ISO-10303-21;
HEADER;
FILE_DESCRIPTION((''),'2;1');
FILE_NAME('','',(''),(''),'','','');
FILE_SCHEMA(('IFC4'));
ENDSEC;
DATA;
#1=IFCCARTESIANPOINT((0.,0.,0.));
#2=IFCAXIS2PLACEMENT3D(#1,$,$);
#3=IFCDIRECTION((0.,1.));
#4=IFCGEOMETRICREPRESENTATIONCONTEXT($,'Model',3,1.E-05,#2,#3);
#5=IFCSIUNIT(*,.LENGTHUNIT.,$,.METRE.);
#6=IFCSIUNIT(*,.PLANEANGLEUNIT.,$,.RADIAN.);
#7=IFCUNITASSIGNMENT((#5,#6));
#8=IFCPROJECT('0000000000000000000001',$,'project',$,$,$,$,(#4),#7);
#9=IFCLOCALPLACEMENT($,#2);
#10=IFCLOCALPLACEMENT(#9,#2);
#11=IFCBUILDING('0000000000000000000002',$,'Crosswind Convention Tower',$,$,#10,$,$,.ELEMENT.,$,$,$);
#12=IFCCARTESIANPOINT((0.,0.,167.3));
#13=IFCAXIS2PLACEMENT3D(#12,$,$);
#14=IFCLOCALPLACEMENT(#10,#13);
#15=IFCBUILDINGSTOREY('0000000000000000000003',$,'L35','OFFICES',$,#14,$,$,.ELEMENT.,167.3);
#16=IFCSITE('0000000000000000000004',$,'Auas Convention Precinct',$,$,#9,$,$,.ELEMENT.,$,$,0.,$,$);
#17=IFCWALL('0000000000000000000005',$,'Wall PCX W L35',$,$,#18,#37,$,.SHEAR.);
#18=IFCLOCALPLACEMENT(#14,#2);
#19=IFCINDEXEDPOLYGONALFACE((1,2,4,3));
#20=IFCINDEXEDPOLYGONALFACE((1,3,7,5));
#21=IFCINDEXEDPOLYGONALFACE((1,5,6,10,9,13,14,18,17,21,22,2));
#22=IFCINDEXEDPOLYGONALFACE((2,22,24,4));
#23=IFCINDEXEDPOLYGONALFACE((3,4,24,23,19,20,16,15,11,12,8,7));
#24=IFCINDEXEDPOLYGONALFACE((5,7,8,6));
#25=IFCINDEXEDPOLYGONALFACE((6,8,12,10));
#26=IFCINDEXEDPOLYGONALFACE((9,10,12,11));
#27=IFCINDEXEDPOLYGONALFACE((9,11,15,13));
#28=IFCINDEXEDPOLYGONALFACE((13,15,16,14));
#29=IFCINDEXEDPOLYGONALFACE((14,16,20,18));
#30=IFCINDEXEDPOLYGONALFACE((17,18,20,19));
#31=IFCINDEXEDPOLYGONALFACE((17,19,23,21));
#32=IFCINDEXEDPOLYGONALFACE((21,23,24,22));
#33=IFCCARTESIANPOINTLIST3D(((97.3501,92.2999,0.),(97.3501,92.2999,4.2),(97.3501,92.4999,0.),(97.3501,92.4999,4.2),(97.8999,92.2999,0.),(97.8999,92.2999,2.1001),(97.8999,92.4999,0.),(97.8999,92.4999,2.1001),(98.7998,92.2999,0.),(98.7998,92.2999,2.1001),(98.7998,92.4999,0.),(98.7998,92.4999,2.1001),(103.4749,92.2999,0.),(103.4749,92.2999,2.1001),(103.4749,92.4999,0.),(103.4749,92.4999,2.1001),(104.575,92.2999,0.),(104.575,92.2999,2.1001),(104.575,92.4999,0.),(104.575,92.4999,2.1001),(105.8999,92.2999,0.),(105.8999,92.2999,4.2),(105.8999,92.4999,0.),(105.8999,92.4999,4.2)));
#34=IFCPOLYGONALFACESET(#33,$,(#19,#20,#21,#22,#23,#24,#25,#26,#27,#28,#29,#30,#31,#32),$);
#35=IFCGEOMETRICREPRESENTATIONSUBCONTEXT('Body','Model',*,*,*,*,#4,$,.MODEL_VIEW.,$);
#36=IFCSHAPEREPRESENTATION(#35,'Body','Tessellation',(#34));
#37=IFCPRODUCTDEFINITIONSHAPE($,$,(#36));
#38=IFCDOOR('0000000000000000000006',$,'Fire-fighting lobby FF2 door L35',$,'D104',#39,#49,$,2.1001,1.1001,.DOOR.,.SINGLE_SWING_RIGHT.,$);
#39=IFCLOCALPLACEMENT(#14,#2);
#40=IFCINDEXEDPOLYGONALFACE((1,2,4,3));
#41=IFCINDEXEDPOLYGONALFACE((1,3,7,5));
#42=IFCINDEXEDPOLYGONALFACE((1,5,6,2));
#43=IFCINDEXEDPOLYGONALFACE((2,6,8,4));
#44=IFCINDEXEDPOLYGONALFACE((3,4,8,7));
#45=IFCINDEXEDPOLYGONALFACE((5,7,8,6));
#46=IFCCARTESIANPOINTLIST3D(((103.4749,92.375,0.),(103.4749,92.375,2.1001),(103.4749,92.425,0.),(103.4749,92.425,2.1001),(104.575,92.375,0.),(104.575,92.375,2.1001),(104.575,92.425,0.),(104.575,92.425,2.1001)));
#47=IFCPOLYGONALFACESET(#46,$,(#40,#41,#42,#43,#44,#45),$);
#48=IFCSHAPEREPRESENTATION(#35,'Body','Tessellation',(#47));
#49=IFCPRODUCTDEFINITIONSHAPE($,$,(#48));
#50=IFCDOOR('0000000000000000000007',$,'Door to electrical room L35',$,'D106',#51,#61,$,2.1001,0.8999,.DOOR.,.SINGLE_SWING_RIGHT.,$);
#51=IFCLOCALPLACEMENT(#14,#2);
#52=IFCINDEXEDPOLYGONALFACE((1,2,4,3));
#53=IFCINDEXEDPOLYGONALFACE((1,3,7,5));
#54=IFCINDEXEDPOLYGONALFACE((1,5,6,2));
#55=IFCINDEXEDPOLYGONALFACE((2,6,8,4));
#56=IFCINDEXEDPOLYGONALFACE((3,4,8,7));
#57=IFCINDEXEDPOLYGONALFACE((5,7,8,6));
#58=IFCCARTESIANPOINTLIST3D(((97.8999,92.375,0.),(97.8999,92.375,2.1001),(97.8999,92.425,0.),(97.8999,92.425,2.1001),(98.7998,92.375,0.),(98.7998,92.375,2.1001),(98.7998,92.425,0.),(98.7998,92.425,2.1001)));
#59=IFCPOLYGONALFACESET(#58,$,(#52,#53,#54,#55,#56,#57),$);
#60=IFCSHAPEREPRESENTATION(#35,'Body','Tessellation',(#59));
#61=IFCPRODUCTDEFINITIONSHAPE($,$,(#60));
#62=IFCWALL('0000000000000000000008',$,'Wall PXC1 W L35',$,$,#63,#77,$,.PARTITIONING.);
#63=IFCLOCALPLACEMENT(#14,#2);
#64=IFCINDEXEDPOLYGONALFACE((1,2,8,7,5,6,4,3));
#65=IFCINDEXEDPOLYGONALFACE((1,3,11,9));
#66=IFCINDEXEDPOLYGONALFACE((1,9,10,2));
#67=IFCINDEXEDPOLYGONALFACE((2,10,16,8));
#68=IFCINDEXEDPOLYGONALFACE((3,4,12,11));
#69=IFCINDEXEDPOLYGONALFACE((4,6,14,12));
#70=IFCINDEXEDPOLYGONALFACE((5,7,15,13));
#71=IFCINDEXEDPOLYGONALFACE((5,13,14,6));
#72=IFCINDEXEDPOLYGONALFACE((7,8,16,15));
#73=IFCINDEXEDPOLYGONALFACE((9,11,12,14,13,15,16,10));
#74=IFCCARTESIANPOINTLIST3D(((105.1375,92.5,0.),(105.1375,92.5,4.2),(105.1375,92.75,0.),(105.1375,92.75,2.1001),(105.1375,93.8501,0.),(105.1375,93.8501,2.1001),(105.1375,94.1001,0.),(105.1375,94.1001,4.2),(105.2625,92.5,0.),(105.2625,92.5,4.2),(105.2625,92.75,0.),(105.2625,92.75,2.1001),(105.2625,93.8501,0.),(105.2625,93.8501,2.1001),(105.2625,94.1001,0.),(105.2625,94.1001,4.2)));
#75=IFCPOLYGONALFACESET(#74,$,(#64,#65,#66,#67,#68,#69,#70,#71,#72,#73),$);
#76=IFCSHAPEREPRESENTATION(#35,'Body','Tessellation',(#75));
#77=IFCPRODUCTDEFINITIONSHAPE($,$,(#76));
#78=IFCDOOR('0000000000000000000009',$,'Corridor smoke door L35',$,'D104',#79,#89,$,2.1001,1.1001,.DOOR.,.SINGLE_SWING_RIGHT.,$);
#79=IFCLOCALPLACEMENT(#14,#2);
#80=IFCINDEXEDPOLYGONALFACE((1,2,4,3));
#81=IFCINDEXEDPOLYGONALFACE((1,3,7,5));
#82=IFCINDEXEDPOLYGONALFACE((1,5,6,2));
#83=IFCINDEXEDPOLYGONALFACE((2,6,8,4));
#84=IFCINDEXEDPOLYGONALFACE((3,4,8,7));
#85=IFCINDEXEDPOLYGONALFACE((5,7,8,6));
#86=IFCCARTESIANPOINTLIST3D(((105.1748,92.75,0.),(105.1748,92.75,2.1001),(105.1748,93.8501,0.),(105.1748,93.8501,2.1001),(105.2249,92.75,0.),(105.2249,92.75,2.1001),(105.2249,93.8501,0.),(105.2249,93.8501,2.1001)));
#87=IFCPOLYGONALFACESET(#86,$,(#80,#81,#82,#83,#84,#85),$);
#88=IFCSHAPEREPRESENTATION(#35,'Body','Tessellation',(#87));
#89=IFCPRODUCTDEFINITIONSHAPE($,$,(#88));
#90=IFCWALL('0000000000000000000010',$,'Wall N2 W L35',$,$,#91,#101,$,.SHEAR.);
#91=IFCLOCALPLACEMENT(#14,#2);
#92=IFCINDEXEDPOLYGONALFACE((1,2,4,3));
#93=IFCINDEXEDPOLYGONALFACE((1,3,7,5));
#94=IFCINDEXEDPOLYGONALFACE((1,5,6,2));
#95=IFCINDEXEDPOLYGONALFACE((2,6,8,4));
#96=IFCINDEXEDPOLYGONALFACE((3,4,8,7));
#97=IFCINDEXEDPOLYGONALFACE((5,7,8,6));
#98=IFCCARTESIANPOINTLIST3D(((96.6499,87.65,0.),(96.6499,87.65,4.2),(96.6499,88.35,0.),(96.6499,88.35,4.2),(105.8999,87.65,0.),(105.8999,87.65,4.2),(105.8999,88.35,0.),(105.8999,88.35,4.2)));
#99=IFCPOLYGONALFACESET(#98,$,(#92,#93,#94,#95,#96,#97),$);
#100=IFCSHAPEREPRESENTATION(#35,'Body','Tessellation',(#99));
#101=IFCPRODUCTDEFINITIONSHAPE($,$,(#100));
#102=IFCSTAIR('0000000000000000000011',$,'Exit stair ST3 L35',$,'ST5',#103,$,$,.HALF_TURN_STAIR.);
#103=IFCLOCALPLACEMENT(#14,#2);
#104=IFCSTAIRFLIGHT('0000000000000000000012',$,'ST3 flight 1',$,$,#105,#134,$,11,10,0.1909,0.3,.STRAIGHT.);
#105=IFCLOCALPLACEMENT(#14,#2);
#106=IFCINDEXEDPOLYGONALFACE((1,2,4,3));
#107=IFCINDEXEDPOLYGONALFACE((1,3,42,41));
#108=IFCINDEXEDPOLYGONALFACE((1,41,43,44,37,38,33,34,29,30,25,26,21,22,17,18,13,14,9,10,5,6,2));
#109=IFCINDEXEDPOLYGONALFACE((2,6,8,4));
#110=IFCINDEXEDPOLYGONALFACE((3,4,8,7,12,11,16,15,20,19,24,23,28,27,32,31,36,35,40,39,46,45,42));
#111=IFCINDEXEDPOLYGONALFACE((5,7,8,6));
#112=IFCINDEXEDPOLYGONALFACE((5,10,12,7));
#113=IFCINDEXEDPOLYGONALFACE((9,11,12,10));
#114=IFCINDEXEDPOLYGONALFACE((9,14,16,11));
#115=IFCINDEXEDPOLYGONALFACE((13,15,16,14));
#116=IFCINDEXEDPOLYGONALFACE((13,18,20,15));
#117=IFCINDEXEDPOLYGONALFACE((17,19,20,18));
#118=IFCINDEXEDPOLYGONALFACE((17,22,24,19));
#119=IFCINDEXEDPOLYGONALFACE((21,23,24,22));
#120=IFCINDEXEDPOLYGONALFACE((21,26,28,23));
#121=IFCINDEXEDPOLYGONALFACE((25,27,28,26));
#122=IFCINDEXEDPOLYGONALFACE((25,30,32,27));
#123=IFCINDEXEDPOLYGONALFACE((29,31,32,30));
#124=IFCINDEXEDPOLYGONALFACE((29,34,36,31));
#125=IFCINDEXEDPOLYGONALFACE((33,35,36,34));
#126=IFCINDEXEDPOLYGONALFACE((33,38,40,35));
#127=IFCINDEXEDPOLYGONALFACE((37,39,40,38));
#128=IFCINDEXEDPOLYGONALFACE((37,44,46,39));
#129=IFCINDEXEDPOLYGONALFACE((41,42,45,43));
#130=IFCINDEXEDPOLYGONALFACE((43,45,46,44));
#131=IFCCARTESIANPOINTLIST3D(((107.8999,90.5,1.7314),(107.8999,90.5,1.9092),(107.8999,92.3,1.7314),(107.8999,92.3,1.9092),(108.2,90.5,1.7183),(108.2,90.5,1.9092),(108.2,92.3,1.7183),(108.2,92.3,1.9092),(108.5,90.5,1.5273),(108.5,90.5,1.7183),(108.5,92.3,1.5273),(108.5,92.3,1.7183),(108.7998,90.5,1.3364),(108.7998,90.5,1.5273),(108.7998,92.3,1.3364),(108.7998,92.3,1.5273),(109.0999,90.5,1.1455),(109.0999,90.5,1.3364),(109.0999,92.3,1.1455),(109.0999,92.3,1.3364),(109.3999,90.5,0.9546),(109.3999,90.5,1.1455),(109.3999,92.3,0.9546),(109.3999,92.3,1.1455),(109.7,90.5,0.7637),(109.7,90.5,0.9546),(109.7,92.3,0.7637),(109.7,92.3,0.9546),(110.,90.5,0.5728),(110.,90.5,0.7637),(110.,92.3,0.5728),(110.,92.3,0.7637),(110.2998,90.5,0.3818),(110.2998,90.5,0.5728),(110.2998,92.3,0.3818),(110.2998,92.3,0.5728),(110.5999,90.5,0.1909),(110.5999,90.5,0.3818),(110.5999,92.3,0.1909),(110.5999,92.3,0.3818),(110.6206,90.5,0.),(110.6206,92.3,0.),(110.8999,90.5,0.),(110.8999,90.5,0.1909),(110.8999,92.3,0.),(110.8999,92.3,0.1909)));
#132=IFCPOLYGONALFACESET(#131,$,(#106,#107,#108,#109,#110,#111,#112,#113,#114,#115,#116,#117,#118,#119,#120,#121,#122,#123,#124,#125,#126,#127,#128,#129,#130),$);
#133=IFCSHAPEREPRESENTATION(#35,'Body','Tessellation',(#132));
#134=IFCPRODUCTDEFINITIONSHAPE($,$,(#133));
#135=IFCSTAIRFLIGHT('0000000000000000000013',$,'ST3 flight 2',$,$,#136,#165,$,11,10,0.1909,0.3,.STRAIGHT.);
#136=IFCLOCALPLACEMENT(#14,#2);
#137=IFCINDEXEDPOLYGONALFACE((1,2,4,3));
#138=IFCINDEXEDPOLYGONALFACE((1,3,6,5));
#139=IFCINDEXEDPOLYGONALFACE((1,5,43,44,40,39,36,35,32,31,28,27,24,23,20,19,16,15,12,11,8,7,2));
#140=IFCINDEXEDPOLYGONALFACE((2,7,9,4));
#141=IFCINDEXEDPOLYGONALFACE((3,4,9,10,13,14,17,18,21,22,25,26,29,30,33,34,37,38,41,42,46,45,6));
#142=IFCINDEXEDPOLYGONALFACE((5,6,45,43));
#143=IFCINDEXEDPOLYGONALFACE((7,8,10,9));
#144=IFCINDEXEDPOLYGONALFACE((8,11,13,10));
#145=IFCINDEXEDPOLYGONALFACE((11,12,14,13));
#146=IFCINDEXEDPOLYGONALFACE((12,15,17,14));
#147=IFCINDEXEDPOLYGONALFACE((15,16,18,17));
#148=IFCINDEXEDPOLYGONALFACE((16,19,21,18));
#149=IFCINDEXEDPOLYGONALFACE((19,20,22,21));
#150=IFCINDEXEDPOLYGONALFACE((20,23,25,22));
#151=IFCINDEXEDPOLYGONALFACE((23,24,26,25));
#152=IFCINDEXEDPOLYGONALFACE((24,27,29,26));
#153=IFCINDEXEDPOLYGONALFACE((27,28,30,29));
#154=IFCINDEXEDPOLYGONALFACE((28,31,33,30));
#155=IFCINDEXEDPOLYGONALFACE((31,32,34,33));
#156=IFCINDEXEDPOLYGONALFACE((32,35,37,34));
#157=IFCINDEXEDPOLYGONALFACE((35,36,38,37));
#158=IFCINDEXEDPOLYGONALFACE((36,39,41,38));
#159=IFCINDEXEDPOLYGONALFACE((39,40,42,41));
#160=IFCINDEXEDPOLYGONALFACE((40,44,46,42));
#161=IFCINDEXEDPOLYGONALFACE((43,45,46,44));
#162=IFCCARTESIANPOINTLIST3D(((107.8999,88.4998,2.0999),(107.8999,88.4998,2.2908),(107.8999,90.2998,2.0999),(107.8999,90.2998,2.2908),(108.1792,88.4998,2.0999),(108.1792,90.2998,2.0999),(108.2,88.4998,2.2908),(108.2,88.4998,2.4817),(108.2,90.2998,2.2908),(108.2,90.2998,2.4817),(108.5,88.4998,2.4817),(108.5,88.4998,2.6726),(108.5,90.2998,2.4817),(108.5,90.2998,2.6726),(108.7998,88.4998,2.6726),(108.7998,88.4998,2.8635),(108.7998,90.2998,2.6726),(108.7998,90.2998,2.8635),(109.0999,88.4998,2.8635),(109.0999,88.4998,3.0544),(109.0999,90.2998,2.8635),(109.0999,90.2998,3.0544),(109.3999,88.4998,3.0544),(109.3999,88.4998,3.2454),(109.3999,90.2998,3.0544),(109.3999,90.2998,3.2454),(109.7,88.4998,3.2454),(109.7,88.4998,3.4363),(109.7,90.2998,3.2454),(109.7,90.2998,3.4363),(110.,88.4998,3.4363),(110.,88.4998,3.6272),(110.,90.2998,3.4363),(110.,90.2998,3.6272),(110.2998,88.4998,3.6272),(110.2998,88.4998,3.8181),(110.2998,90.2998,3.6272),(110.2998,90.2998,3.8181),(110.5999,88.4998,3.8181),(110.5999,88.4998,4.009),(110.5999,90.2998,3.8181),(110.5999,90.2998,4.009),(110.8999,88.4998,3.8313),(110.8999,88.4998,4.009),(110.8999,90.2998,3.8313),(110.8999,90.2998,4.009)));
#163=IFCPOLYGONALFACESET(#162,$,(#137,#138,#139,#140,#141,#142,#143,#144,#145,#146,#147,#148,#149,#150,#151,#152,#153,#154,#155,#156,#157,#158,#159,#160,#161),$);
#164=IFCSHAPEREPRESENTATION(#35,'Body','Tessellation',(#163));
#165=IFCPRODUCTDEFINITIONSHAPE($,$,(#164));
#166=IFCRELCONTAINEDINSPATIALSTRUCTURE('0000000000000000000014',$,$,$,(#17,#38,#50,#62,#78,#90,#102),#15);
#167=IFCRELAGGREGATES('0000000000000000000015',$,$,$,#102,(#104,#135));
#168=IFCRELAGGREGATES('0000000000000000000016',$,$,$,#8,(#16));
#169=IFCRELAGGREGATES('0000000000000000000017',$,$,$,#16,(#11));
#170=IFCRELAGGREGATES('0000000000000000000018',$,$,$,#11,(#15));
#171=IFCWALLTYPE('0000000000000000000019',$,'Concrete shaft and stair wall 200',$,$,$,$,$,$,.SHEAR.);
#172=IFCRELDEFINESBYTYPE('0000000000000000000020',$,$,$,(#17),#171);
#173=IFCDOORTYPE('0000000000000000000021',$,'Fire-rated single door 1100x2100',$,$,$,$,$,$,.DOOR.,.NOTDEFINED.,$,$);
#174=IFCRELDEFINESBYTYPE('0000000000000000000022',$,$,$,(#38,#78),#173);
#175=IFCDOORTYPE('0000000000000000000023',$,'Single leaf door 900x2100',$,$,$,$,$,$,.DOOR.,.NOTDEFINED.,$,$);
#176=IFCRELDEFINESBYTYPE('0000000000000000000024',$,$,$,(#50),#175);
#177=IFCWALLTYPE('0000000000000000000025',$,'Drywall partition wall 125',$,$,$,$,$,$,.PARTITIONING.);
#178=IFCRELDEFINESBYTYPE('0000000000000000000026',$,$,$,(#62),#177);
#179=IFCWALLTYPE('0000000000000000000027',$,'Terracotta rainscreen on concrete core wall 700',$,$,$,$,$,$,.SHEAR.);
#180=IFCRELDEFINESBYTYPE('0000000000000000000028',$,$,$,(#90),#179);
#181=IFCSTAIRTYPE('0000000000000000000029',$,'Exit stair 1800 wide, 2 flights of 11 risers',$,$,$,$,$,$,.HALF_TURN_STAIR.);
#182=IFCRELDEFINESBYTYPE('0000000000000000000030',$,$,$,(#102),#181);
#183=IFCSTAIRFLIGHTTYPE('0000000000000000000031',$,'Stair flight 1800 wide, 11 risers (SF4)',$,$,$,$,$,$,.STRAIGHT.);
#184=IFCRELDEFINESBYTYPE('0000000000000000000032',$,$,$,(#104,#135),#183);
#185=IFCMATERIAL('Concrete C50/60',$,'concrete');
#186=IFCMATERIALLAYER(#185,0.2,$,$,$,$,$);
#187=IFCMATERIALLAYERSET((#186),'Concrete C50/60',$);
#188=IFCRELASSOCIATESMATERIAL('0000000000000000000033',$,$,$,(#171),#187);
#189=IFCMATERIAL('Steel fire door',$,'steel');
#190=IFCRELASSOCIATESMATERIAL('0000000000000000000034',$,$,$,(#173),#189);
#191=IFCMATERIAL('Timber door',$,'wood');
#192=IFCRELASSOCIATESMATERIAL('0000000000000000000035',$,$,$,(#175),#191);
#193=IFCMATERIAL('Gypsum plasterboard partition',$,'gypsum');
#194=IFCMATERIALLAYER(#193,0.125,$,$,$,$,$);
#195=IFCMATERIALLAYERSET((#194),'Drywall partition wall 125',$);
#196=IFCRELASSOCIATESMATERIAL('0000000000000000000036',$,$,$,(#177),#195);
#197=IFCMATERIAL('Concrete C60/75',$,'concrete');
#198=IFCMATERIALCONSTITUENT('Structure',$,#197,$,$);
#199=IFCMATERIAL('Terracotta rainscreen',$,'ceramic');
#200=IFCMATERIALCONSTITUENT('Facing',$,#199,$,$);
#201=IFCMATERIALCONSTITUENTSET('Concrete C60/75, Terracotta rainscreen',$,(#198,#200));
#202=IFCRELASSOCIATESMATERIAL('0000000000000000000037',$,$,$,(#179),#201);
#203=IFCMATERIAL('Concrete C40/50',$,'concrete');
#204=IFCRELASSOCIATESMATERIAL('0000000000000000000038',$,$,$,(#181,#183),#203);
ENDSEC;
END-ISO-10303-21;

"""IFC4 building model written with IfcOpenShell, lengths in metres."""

from ifc_helpers import new_model, si_unit, direction, frame, frame_2d, origin, place, context, subcontext, project, spatial, polyline, rectangle, outline, extrude, material, layer, layer_set, constituent, constituent_set, type_object, element, fill, aggregate, save


model = new_model("IFC4")

# Units and contexts
model_context = context("Model", 3, precision=1e-05, world=origin(), true_north=direction((0.0, 1.0)))
body_context = subcontext(model_context, "Body", "Model", "MODEL_VIEW")
ifc_project = project(units=[si_unit("LENGTHUNIT", "METRE"), si_unit("PLANEANGLEUNIT", "RADIAN")], contexts=[model_context])

# Site, building, storey
site_placement = place(None, origin())
site = spatial("IfcSite", under=ifc_project, at=site_placement, Name="Auas Convention Precinct", CompositionType="ELEMENT", RefElevation=0.0)
building_placement = place(site_placement, origin())
building = spatial("IfcBuilding", under=site, at=building_placement, Name="Crosswind Convention Tower", CompositionType="ELEMENT")
storey_placement = place(building_placement, frame((0.0, 0.0, 167.3)))
storey = spatial("IfcBuildingStorey", under=building, at=storey_placement, Name="L35", Description="OFFICES", CompositionType="ELEMENT", Elevation=167.3)

# Shared definitions
ifc_material_1 = material(Name="Concrete C50/60", Category="concrete")
ifc_layer_1 = layer(ifc_material_1, 0.2)
ifc_layer_set_1 = layer_set([ifc_layer_1], Name="Concrete C50/60")
wall_type_1 = type_object("IfcWallType", Name="Concrete shaft and stair wall 200", PredefinedType="SHEAR", material=ifc_layer_set_1)

# Wall, openings, doors
wall_1_placement = place(storey_placement, frame((105.8999, 92.3999, 0.0), z_axis=(0.0, 0.0, 1.0), x_axis=(-1.0, 0.0, 0.0)))
wall_1 = element("IfcWall", 1, at=wall_1_placement, inside=storey, type_object=wall_type_1, Name="Wall PCX W L35", PredefinedType="SHEAR", context=body_context, shape_type="SweptSolid", body=[
    extrude(rectangle(XDim=8.5498, YDim=0.2, at=frame_2d((4.2749, 0.0))), origin(), (0.0, 0.0, 1.0), 4.2),
])
opening_1_placement = place(wall_1_placement, frame((1.325, 0.0, 0.0)))
opening_1 = element("IfcOpeningElement", 2, at=opening_1_placement, cuts=wall_1, PredefinedType="OPENING", context=body_context, shape_type="SweptSolid", body=[
    extrude(rectangle(XDim=1.1001, YDim=2.1001, at=frame_2d((0.55, 1.05))), frame((0.0, 0.1099, 0.0), z_axis=(0.0, -1.0, 0.0), x_axis=(1.0, 0.0, 0.0)), (0.0, 0.0, 1.0), 0.22),
])
opening_2_placement = place(wall_1_placement, frame((7.1001, 0.0, 0.0)))
opening_2 = element("IfcOpeningElement", 3, at=opening_2_placement, cuts=wall_1, PredefinedType="OPENING", context=body_context, shape_type="SweptSolid", body=[
    extrude(rectangle(XDim=0.8999, YDim=2.1001, at=frame_2d((0.45, 1.05))), frame((0.0, 0.1099, 0.0), z_axis=(0.0, -1.0, 0.0), x_axis=(1.0, 0.0, 0.0)), (0.0, 0.0, 1.0), 0.22),
])
ifc_material_2 = material(Name="Steel fire door", Category="steel")
door_type_1 = type_object("IfcDoorType", Name="Fire-rated single door 1100x2100", OperationType="NOTDEFINED", PredefinedType="DOOR", material=ifc_material_2)
door_1_placement = place(opening_1_placement, origin())
door_1 = element("IfcDoor", 4, at=door_1_placement, inside=storey, type_object=door_type_1, Name="Fire-fighting lobby FF2 door L35", ObjectType="D104", OperationType="SINGLE_SWING_RIGHT", OverallHeight=2.1001, OverallWidth=1.1001, PredefinedType="DOOR", context=body_context, shape_type="SweptSolid", body=[
    extrude(rectangle(XDim=1.1001, YDim=2.1001, at=frame_2d((0.55, 1.05))), frame((0.0, 0.0249, 0.0), z_axis=(0.0, -1.0, 0.0), x_axis=(1.0, 0.0, 0.0)), (0.0, 0.0, 1.0), 0.05),
])
fill(opening_1, door_1)
ifc_material_3 = material(Name="Timber door", Category="wood")
door_type_2 = type_object("IfcDoorType", Name="Single leaf door 900x2100", OperationType="NOTDEFINED", PredefinedType="DOOR", material=ifc_material_3)
door_2_placement = place(opening_2_placement, origin())
door_2 = element("IfcDoor", 5, at=door_2_placement, inside=storey, type_object=door_type_2, Name="Door to electrical room L35", ObjectType="D106", OperationType="SINGLE_SWING_RIGHT", OverallHeight=2.1001, OverallWidth=0.8999, PredefinedType="DOOR", context=body_context, shape_type="SweptSolid", body=[
    extrude(rectangle(XDim=0.8999, YDim=2.1001, at=frame_2d((0.45, 1.05))), frame((0.0, 0.0249, 0.0), z_axis=(0.0, -1.0, 0.0), x_axis=(1.0, 0.0, 0.0)), (0.0, 0.0, 1.0), 0.05),
])
fill(opening_2, door_2)

# Wall, opening, door
ifc_material_4 = material(Name="Gypsum plasterboard partition", Category="gypsum")
ifc_layer_2 = layer(ifc_material_4, 0.125)
ifc_layer_set_2 = layer_set([ifc_layer_2], Name="Drywall partition wall 125")
wall_type_2 = type_object("IfcWallType", Name="Drywall partition wall 125", PredefinedType="PARTITIONING", material=ifc_layer_set_2)
wall_2_placement = place(storey_placement, frame((105.2, 94.1001, 0.0), z_axis=(0.0, 0.0, 1.0), x_axis=(0.0, -1.0, 0.0)))
wall_2 = element("IfcWall", 6, at=wall_2_placement, inside=storey, type_object=wall_type_2, Name="Wall PXC1 W L35", PredefinedType="PARTITIONING", context=body_context, shape_type="SweptSolid", body=[
    extrude(rectangle(XDim=1.6001, YDim=0.125, at=frame_2d((0.8, 0.0))), origin(), (0.0, 0.0, 1.0), 4.2),
])
opening_3_placement = place(wall_2_placement, frame((0.25, 0.0, 0.0)))
opening_3 = element("IfcOpeningElement", 7, at=opening_3_placement, cuts=wall_2, PredefinedType="OPENING", context=body_context, shape_type="SweptSolid", body=[
    extrude(rectangle(XDim=1.1001, YDim=2.1001, at=frame_2d((0.55, 1.05))), frame((0.0, 0.0725, 0.0), z_axis=(0.0, -1.0, 0.0), x_axis=(1.0, 0.0, 0.0)), (0.0, 0.0, 1.0), 0.145),
])
door_3_placement = place(opening_3_placement, origin())
door_3 = element("IfcDoor", 8, at=door_3_placement, inside=storey, type_object=door_type_1, Name="Corridor smoke door L35", ObjectType="D104", OperationType="SINGLE_SWING_RIGHT", OverallHeight=2.1001, OverallWidth=1.1001, PredefinedType="DOOR", context=body_context, shape_type="SweptSolid", body=[
    extrude(rectangle(XDim=1.1001, YDim=2.1001, at=frame_2d((0.55, 1.05))), frame((0.0, 0.0249, 0.0), z_axis=(0.0, -1.0, 0.0), x_axis=(1.0, 0.0, 0.0)), (0.0, 0.0, 1.0), 0.05),
])
fill(opening_3, door_3)

# Wall
ifc_material_5 = material(Name="Concrete C60/75", Category="concrete")
ifc_constituent_1 = constituent(ifc_material_5, Name="Structure")
ifc_material_6 = material(Name="Terracotta rainscreen", Category="ceramic")
ifc_constituent_2 = constituent(ifc_material_6, Name="Facing")
ifc_constituent_set = constituent_set(constituents=[ifc_constituent_1, ifc_constituent_2], Name="Concrete C60/75, Terracotta rainscreen")
wall_type_3 = type_object("IfcWallType", Name="Terracotta rainscreen on concrete core wall 700", PredefinedType="SHEAR", material=ifc_constituent_set)
wall_3_placement = place(storey_placement, frame((105.8999, 88.0, 0.0), z_axis=(0.0, 0.0, 1.0), x_axis=(-1.0, 0.0, 0.0)))
element("IfcWall", 9, at=wall_3_placement, inside=storey, type_object=wall_type_3, Name="Wall N2 W L35", PredefinedType="SHEAR", context=body_context, shape_type="SweptSolid", body=[
    extrude(rectangle(XDim=9.25, YDim=0.7, at=frame_2d((4.625, 0.0))), origin(), (0.0, 0.0, 1.0), 4.2),
])

# Stair, stair flights
ifc_material_7 = material(Name="Concrete C40/50", Category="concrete")
stair_type = type_object("IfcStairType", Name="Exit stair 1800 wide, 2 flights of 11 risers", PredefinedType="HALF_TURN_STAIR", material=ifc_material_7)
stair_placement = place(storey_placement, origin())
stair = element("IfcStair", 10, at=stair_placement, inside=storey, type_object=stair_type, Name="Exit stair ST3 L35", ObjectType="ST5", PredefinedType="HALF_TURN_STAIR")
stair_flight_type = type_object("IfcStairFlightType", Name="Stair flight 1800 wide, 11 risers (SF4)", PredefinedType="STRAIGHT", material=ifc_material_7)
stair_flight_1_placement = place(storey_placement, frame((110.8999, 91.3999, 0.0), z_axis=(0.0, 0.0, 1.0), x_axis=(-1.0, 0.0, 0.0)))
stair_flight_1 = element("IfcStairFlight", 11, at=stair_flight_1_placement, type_object=stair_flight_type, Name="ST3 flight 1", NumberOfRisers=11, NumberOfTreads=10, PredefinedType="STRAIGHT", RiserHeight=0.1909, TreadLength=0.3, context=body_context, shape_type="SweptSolid", body=[
    extrude(outline(polyline([(0.0, 0.0), (0.0, 0.1909), (0.3, 0.1909), (0.3, 0.3818), (0.6001, 0.3818), (0.6001, 0.5728), (0.8999, 0.5728), (0.8999, 0.7637), (1.2, 0.7637), (1.2, 0.9546), (1.5, 0.9546), (1.5, 1.1455), (1.8, 1.1455), (1.8, 1.3364), (2.1001, 1.3364), (2.1001, 1.5273), (2.3999, 1.5273), (2.3999, 1.7183), (2.7, 1.7183), (2.7, 1.9092), (3.0, 1.9092), (3.0, 2.1001), (3.0, 1.7314), (0.2793, 0.0), (0.0, 0.0)])), frame((0.0, 0.8999, 0.0), z_axis=(0.0, -1.0, 0.0), x_axis=(1.0, 0.0, 0.0)), (0.0, 0.0, 1.0), 1.8),
])
stair_flight_2_placement = place(storey_placement, frame((107.8999, 89.3999, 2.0999), z_axis=(0.0, 0.0, 1.0), x_axis=(1.0, 0.0, 0.0)))
stair_flight_2 = element("IfcStairFlight", 12, at=stair_flight_2_placement, type_object=stair_flight_type, Name="ST3 flight 2", NumberOfRisers=11, NumberOfTreads=10, PredefinedType="STRAIGHT", RiserHeight=0.1909, TreadLength=0.3, context=body_context, shape_type="SweptSolid", body=[
    extrude(outline(polyline([(0.0, 0.0), (0.0, 0.1909), (0.3, 0.1909), (0.3, 0.3818), (0.6001, 0.3818), (0.6001, 0.5728), (0.8999, 0.5728), (0.8999, 0.7637), (1.2, 0.7637), (1.2, 0.9546), (1.5, 0.9546), (1.5, 1.1455), (1.8, 1.1455), (1.8, 1.3364), (2.1001, 1.3364), (2.1001, 1.5273), (2.3999, 1.5273), (2.3999, 1.7183), (2.7, 1.7183), (2.7, 1.9092), (3.0, 1.9092), (3.0, 2.1001), (3.0, 1.7314), (0.2793, 0.0), (0.0, 0.0)])), frame((0.0, 0.8999, 0.0), z_axis=(0.0, -1.0, 0.0), x_axis=(1.0, 0.0, 0.0)), (0.0, 0.0, 1.0), 1.8),
])
aggregate(stair, [stair_flight_1, stair_flight_2])

save(model, "model.ifc")
